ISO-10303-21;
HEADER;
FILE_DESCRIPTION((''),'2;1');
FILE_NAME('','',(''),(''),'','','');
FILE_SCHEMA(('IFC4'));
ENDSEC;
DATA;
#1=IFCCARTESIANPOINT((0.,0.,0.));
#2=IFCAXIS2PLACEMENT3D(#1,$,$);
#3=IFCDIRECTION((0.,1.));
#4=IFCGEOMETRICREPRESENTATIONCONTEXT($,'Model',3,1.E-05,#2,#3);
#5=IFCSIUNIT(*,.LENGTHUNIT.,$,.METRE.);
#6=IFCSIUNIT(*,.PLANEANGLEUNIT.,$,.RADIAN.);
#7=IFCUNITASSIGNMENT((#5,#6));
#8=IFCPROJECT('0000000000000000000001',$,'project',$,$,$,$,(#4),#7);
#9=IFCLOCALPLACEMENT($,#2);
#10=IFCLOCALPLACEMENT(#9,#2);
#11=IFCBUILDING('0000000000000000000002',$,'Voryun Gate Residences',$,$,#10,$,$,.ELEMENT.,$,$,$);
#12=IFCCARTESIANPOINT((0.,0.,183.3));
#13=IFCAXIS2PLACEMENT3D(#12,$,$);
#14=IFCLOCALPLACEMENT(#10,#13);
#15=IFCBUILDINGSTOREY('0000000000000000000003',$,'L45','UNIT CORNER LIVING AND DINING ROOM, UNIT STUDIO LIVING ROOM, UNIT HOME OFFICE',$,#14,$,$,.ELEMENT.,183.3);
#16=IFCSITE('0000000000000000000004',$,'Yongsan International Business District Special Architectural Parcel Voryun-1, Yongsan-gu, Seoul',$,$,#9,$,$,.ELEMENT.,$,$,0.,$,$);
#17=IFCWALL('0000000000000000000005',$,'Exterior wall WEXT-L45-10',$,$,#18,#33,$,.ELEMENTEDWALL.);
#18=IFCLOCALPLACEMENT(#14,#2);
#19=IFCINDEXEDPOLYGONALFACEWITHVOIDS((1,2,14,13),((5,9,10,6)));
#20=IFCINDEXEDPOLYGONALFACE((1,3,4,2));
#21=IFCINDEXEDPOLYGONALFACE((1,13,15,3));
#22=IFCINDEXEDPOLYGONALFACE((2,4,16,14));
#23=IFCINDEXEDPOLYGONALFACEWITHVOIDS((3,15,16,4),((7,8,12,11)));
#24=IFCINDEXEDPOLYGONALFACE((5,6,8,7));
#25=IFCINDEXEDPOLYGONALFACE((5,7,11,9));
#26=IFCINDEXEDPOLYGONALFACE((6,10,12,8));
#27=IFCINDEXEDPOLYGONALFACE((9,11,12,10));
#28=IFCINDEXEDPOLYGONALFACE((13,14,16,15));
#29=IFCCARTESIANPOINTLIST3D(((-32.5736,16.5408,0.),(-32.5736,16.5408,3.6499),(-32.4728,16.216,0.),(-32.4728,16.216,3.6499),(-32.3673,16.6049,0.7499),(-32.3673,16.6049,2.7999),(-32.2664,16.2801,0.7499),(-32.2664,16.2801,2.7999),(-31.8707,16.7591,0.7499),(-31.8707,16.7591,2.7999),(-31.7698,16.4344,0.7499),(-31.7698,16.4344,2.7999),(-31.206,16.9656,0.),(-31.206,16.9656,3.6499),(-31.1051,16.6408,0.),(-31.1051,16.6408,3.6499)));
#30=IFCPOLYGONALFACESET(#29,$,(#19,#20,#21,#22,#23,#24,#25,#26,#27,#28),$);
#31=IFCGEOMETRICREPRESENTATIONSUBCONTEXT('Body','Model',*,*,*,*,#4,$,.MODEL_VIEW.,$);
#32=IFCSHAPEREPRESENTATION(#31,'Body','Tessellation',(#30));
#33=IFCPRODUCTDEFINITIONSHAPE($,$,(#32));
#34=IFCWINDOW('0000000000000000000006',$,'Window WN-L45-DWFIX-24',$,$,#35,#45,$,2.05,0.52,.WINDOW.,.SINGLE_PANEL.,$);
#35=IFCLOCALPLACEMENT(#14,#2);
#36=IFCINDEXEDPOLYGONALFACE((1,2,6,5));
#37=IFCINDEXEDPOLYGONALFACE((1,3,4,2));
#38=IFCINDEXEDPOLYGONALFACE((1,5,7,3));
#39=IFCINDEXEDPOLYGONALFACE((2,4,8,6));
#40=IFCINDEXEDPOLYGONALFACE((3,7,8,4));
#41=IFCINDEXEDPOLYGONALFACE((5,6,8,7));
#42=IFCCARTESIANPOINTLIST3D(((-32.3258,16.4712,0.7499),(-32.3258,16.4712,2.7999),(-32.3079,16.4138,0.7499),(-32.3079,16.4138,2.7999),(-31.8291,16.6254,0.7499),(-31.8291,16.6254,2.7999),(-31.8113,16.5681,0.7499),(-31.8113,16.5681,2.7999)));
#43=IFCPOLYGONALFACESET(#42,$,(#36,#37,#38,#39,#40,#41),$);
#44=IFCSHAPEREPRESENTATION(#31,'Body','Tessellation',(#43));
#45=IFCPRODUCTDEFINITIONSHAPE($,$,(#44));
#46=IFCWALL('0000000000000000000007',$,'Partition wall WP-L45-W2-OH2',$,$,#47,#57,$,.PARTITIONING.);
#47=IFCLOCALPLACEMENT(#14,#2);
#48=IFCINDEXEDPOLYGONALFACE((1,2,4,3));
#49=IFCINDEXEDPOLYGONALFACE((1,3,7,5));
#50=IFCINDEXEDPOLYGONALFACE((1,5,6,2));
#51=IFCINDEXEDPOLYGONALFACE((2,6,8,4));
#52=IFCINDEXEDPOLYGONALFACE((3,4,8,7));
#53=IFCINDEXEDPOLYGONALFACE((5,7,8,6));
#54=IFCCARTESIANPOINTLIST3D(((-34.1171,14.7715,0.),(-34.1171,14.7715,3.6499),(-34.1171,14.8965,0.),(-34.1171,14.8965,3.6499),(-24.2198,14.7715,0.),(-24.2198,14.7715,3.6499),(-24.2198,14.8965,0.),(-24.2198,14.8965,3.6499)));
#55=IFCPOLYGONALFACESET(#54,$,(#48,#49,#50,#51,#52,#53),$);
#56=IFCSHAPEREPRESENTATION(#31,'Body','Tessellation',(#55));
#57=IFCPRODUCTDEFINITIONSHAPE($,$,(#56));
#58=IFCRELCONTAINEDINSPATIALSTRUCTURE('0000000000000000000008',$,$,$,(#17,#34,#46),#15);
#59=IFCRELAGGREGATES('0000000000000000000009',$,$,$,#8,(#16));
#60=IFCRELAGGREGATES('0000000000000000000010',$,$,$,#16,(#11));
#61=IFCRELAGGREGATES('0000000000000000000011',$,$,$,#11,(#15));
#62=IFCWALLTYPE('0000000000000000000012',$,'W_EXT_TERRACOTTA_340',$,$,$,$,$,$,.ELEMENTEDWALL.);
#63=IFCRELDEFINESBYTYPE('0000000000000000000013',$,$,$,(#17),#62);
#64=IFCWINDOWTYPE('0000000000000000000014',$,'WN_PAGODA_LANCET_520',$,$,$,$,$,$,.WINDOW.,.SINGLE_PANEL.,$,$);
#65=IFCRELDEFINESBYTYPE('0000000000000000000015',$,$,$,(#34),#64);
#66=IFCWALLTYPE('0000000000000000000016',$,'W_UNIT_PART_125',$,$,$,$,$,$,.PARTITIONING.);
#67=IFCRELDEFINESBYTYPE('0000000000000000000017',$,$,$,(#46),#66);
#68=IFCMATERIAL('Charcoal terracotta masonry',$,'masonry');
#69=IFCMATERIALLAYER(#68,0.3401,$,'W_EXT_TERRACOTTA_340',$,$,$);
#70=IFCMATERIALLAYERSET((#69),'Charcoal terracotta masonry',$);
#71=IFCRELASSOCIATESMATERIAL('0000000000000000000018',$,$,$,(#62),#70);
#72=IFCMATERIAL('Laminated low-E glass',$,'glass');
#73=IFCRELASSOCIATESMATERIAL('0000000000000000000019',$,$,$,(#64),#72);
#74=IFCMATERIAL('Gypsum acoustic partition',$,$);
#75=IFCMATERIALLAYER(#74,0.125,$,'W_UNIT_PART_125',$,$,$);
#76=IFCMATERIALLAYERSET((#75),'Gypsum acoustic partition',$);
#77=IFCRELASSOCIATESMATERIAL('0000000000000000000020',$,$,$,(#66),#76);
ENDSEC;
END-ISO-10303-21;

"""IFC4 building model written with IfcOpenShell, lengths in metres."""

from ifc_helpers import new_model, si_unit, direction, frame, frame_2d, origin, place, context, subcontext, project, spatial, rectangle, extrude, material, layer, layer_set, type_object, element, fill, save


model = new_model("IFC4")

# Units and contexts
model_context = context("Model", 3, precision=1e-05, world=origin(), true_north=direction((0.0, 1.0)))
body_context = subcontext(model_context, "Body", "Model", "MODEL_VIEW")
ifc_project = project(units=[si_unit("LENGTHUNIT", "METRE"), si_unit("PLANEANGLEUNIT", "RADIAN")], contexts=[model_context])

# Site, building, storey
site_placement = place(None, origin())
site = spatial("IfcSite", under=ifc_project, at=site_placement, Name="Yongsan International Business District Special Architectural Parcel Voryun-1, Yongsan-gu, Seoul", CompositionType="ELEMENT", RefElevation=0.0)
building_placement = place(site_placement, origin())
building = spatial("IfcBuilding", under=site, at=building_placement, Name="Voryun Gate Residences", CompositionType="ELEMENT")
storey_placement = place(building_placement, frame((0.0, 0.0, 183.3)))
storey = spatial("IfcBuildingStorey", under=building, at=storey_placement, Name="L45", Description="UNIT CORNER LIVING AND DINING ROOM, UNIT STUDIO LIVING ROOM, UNIT HOME OFFICE", CompositionType="ELEMENT", Elevation=183.3)

# Shared definitions
ifc_material_1 = material(Name="Charcoal terracotta masonry", Category="masonry")
ifc_layer_1 = layer(ifc_material_1, 0.3401, Name="W_EXT_TERRACOTTA_340")
ifc_layer_set_1 = layer_set([ifc_layer_1], Name="Charcoal terracotta masonry")
wall_type_1 = type_object("IfcWallType", Name="W_EXT_TERRACOTTA_340", PredefinedType="ELEMENTEDWALL", material=ifc_layer_set_1)

# Wall, opening, window
wall_1_placement = place(storey_placement, frame((-32.5232, 16.3784, 0.0), z_axis=(0.0, 0.0, 1.0), x_axis=(0.954994, 0.296624, 0.0)))
wall_1 = element("IfcWall", 1, at=wall_1_placement, inside=storey, type_object=wall_type_1, Name="Exterior wall WEXT-L45-10", PredefinedType="ELEMENTEDWALL", context=body_context, shape_type="SweptSolid", body=[
    extrude(rectangle(XDim=1.4321, YDim=0.3401, at=frame_2d((0.7161, 0.0))), origin(), (0.0, 0.0, 1.0), 3.6499),
])
opening_1_placement = place(wall_1_placement, frame((0.2161, 0.0, 0.75)))
opening_1 = element("IfcOpeningElement", 2, at=opening_1_placement, cuts=wall_1, PredefinedType="OPENING", context=body_context, shape_type="SweptSolid", body=[
    extrude(rectangle(XDim=0.52, YDim=2.05, at=frame_2d((0.26, 1.0249))), frame((0.0, 0.1799, 0.0), z_axis=(0.0, -1.0, 0.0), x_axis=(1.0, 0.0, 0.0)), (0.0, 0.0, 1.0), 0.3601),
])
ifc_material_2 = material(Name="Laminated low-E glass", Category="glass")
window_type_1 = type_object("IfcWindowType", Name="WN_PAGODA_LANCET_520", PartitioningType="SINGLE_PANEL", PredefinedType="WINDOW", material=ifc_material_2)
window_1_placement = place(opening_1_placement, origin())
window_1 = element("IfcWindow", 3, at=window_1_placement, inside=storey, type_object=window_type_1, Name="Window WN-L45-DWFIX-24", OverallHeight=2.05, OverallWidth=0.52, PartitioningType="SINGLE_PANEL", PredefinedType="WINDOW", context=body_context, shape_type="SweptSolid", body=[
    extrude(rectangle(XDim=0.52, YDim=2.05, at=frame_2d((0.26, 1.0249))), frame((0.0, 0.03, 0.0), z_axis=(0.0, -1.0, 0.0), x_axis=(1.0, 0.0, 0.0)), (0.0, 0.0, 1.0), 0.0601),
])
fill(opening_1, window_1)

# Wall
ifc_material_3 = material(Name="Gypsum acoustic partition")
ifc_layer_2 = layer(ifc_material_3, 0.125, Name="W_UNIT_PART_125")
ifc_layer_set_2 = layer_set([ifc_layer_2], Name="Gypsum acoustic partition")
wall_type_2 = type_object("IfcWallType", Name="W_UNIT_PART_125", PredefinedType="PARTITIONING", material=ifc_layer_set_2)
wall_2_placement = place(storey_placement, frame((-34.1172, 14.834, 0.0), z_axis=(0.0, 0.0, 1.0), x_axis=(1.0, 0.0, 0.0)))
element("IfcWall", 4, at=wall_2_placement, inside=storey, type_object=wall_type_2, Name="Partition wall WP-L45-W2-OH2", PredefinedType="PARTITIONING", context=body_context, shape_type="SweptSolid", body=[
    extrude(rectangle(XDim=9.8972, YDim=0.125, at=frame_2d((4.9487, 0.0))), origin(), (0.0, 0.0, 1.0), 3.6499),
])

save(model, "model.ifc")
